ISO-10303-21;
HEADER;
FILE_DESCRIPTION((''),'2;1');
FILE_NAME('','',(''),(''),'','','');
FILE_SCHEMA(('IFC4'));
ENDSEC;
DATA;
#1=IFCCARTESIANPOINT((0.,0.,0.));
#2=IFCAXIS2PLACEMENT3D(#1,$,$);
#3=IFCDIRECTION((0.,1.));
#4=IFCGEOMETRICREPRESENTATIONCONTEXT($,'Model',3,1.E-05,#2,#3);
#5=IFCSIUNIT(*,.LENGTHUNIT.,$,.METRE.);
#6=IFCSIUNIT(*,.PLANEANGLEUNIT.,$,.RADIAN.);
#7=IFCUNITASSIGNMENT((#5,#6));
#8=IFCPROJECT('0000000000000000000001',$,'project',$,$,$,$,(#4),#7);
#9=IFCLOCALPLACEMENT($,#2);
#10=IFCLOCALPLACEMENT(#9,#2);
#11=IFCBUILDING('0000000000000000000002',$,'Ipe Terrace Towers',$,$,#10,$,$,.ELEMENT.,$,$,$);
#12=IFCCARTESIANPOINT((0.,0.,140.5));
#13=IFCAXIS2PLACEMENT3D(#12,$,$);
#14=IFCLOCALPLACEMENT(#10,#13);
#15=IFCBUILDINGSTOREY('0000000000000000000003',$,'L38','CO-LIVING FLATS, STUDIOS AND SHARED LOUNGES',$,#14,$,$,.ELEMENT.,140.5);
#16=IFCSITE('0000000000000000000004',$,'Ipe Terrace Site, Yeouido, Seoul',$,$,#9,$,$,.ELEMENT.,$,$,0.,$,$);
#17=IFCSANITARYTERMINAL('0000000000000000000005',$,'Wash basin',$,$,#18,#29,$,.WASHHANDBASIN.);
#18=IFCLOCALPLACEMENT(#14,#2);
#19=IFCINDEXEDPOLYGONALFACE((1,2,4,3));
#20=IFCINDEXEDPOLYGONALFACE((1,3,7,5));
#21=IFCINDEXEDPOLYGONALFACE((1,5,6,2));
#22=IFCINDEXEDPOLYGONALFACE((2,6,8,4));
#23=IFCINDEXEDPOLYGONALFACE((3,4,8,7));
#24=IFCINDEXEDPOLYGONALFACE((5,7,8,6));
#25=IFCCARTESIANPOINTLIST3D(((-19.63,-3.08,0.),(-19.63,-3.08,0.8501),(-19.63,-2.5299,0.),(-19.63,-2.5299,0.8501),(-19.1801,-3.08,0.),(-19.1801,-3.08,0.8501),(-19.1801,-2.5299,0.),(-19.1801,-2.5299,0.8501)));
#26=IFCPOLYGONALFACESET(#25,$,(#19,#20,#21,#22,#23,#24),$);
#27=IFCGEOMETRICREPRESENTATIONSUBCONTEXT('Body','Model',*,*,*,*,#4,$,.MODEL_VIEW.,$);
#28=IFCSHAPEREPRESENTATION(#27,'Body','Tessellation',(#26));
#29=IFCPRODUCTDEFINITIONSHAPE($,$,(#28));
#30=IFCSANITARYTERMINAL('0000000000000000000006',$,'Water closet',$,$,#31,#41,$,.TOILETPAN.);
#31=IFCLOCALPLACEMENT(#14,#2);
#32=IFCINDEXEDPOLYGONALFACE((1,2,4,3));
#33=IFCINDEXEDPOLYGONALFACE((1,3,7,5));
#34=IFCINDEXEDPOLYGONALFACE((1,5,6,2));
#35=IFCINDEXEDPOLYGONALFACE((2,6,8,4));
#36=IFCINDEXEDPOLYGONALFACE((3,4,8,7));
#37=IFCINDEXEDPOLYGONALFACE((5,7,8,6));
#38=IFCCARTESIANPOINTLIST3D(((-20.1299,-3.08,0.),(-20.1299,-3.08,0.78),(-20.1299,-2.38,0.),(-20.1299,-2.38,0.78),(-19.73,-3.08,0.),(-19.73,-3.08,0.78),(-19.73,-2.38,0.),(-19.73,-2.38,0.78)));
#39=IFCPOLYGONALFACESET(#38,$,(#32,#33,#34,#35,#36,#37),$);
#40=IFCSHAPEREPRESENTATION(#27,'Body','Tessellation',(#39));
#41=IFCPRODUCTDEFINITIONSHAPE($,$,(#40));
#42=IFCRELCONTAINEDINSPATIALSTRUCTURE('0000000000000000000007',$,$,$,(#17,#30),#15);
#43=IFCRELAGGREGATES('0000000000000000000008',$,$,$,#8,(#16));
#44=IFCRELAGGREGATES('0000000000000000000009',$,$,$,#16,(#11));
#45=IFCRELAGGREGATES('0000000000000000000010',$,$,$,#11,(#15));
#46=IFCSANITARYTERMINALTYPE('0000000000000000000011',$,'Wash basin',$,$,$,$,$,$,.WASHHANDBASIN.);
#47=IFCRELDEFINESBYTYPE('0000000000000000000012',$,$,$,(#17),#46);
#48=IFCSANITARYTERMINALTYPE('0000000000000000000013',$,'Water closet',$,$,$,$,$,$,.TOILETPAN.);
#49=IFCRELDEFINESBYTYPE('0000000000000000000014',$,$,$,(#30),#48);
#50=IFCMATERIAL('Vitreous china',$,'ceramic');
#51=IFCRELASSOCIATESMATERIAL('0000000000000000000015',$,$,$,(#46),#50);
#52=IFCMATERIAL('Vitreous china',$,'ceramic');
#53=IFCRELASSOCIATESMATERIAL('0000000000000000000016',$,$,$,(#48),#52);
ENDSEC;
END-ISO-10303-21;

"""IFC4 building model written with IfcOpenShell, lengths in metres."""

from ifc_helpers import new_model, si_unit, direction, frame, origin, origin_2d, place, context, subcontext, project, spatial, rectangle, extrude, material, type_object, element, save


model = new_model("IFC4")

# Units and contexts
model_context = context("Model", 3, precision=1e-05, world=origin(), true_north=direction((0.0, 1.0)))
body_context = subcontext(model_context, "Body", "Model", "MODEL_VIEW")
ifc_project = project(units=[si_unit("LENGTHUNIT", "METRE"), si_unit("PLANEANGLEUNIT", "RADIAN")], contexts=[model_context])

# Site, building, storey
site_placement = place(None, origin())
site = spatial("IfcSite", under=ifc_project, at=site_placement, Name="Ipe Terrace Site, Yeouido, Seoul", CompositionType="ELEMENT", RefElevation=0.0)
building_placement = place(site_placement, origin())
building = spatial("IfcBuilding", under=site, at=building_placement, Name="Ipe Terrace Towers", CompositionType="ELEMENT")
storey_placement = place(building_placement, frame((0.0, 0.0, 140.5)))
storey = spatial("IfcBuildingStorey", under=building, at=storey_placement, Name="L38", Description="CO-LIVING FLATS, STUDIOS AND SHARED LOUNGES", CompositionType="ELEMENT", Elevation=140.5)

# Sanitary terminals
ifc_material_1 = material(Name="Vitreous china", Category="ceramic")
sanitary_terminal_type_1 = type_object("IfcSanitaryTerminalType", Name="Wash basin", PredefinedType="WASHHANDBASIN", material=ifc_material_1)
sanitary_terminal_1_placement = place(storey_placement, frame((-19.405, -2.8049, 0.0), z_axis=(0.0, 0.0, 1.0), x_axis=(0.0, 1.0, 0.0)))
element("IfcSanitaryTerminal", 1, at=sanitary_terminal_1_placement, inside=storey, type_object=sanitary_terminal_type_1, Name="Wash basin", PredefinedType="WASHHANDBASIN", context=body_context, shape_type="SweptSolid", body=[
    extrude(rectangle(XDim=0.55, YDim=0.45, at=origin_2d()), origin(), (0.0, 0.0, 1.0), 0.8501),
])
ifc_material_2 = material(Name="Vitreous china", Category="ceramic")
sanitary_terminal_type_2 = type_object("IfcSanitaryTerminalType", Name="Water closet", PredefinedType="TOILETPAN", material=ifc_material_2)
sanitary_terminal_2_placement = place(storey_placement, frame((-19.9299, -2.73, 0.0), z_axis=(0.0, 0.0, 1.0), x_axis=(0.0, 1.0, 0.0)))
element("IfcSanitaryTerminal", 2, at=sanitary_terminal_2_placement, inside=storey, type_object=sanitary_terminal_type_2, Name="Water closet", PredefinedType="TOILETPAN", context=body_context, shape_type="SweptSolid", body=[
    extrude(rectangle(XDim=0.7, YDim=0.3999, at=origin_2d()), origin(), (0.0, 0.0, 1.0), 0.78),
])

save(model, "model.ifc")
